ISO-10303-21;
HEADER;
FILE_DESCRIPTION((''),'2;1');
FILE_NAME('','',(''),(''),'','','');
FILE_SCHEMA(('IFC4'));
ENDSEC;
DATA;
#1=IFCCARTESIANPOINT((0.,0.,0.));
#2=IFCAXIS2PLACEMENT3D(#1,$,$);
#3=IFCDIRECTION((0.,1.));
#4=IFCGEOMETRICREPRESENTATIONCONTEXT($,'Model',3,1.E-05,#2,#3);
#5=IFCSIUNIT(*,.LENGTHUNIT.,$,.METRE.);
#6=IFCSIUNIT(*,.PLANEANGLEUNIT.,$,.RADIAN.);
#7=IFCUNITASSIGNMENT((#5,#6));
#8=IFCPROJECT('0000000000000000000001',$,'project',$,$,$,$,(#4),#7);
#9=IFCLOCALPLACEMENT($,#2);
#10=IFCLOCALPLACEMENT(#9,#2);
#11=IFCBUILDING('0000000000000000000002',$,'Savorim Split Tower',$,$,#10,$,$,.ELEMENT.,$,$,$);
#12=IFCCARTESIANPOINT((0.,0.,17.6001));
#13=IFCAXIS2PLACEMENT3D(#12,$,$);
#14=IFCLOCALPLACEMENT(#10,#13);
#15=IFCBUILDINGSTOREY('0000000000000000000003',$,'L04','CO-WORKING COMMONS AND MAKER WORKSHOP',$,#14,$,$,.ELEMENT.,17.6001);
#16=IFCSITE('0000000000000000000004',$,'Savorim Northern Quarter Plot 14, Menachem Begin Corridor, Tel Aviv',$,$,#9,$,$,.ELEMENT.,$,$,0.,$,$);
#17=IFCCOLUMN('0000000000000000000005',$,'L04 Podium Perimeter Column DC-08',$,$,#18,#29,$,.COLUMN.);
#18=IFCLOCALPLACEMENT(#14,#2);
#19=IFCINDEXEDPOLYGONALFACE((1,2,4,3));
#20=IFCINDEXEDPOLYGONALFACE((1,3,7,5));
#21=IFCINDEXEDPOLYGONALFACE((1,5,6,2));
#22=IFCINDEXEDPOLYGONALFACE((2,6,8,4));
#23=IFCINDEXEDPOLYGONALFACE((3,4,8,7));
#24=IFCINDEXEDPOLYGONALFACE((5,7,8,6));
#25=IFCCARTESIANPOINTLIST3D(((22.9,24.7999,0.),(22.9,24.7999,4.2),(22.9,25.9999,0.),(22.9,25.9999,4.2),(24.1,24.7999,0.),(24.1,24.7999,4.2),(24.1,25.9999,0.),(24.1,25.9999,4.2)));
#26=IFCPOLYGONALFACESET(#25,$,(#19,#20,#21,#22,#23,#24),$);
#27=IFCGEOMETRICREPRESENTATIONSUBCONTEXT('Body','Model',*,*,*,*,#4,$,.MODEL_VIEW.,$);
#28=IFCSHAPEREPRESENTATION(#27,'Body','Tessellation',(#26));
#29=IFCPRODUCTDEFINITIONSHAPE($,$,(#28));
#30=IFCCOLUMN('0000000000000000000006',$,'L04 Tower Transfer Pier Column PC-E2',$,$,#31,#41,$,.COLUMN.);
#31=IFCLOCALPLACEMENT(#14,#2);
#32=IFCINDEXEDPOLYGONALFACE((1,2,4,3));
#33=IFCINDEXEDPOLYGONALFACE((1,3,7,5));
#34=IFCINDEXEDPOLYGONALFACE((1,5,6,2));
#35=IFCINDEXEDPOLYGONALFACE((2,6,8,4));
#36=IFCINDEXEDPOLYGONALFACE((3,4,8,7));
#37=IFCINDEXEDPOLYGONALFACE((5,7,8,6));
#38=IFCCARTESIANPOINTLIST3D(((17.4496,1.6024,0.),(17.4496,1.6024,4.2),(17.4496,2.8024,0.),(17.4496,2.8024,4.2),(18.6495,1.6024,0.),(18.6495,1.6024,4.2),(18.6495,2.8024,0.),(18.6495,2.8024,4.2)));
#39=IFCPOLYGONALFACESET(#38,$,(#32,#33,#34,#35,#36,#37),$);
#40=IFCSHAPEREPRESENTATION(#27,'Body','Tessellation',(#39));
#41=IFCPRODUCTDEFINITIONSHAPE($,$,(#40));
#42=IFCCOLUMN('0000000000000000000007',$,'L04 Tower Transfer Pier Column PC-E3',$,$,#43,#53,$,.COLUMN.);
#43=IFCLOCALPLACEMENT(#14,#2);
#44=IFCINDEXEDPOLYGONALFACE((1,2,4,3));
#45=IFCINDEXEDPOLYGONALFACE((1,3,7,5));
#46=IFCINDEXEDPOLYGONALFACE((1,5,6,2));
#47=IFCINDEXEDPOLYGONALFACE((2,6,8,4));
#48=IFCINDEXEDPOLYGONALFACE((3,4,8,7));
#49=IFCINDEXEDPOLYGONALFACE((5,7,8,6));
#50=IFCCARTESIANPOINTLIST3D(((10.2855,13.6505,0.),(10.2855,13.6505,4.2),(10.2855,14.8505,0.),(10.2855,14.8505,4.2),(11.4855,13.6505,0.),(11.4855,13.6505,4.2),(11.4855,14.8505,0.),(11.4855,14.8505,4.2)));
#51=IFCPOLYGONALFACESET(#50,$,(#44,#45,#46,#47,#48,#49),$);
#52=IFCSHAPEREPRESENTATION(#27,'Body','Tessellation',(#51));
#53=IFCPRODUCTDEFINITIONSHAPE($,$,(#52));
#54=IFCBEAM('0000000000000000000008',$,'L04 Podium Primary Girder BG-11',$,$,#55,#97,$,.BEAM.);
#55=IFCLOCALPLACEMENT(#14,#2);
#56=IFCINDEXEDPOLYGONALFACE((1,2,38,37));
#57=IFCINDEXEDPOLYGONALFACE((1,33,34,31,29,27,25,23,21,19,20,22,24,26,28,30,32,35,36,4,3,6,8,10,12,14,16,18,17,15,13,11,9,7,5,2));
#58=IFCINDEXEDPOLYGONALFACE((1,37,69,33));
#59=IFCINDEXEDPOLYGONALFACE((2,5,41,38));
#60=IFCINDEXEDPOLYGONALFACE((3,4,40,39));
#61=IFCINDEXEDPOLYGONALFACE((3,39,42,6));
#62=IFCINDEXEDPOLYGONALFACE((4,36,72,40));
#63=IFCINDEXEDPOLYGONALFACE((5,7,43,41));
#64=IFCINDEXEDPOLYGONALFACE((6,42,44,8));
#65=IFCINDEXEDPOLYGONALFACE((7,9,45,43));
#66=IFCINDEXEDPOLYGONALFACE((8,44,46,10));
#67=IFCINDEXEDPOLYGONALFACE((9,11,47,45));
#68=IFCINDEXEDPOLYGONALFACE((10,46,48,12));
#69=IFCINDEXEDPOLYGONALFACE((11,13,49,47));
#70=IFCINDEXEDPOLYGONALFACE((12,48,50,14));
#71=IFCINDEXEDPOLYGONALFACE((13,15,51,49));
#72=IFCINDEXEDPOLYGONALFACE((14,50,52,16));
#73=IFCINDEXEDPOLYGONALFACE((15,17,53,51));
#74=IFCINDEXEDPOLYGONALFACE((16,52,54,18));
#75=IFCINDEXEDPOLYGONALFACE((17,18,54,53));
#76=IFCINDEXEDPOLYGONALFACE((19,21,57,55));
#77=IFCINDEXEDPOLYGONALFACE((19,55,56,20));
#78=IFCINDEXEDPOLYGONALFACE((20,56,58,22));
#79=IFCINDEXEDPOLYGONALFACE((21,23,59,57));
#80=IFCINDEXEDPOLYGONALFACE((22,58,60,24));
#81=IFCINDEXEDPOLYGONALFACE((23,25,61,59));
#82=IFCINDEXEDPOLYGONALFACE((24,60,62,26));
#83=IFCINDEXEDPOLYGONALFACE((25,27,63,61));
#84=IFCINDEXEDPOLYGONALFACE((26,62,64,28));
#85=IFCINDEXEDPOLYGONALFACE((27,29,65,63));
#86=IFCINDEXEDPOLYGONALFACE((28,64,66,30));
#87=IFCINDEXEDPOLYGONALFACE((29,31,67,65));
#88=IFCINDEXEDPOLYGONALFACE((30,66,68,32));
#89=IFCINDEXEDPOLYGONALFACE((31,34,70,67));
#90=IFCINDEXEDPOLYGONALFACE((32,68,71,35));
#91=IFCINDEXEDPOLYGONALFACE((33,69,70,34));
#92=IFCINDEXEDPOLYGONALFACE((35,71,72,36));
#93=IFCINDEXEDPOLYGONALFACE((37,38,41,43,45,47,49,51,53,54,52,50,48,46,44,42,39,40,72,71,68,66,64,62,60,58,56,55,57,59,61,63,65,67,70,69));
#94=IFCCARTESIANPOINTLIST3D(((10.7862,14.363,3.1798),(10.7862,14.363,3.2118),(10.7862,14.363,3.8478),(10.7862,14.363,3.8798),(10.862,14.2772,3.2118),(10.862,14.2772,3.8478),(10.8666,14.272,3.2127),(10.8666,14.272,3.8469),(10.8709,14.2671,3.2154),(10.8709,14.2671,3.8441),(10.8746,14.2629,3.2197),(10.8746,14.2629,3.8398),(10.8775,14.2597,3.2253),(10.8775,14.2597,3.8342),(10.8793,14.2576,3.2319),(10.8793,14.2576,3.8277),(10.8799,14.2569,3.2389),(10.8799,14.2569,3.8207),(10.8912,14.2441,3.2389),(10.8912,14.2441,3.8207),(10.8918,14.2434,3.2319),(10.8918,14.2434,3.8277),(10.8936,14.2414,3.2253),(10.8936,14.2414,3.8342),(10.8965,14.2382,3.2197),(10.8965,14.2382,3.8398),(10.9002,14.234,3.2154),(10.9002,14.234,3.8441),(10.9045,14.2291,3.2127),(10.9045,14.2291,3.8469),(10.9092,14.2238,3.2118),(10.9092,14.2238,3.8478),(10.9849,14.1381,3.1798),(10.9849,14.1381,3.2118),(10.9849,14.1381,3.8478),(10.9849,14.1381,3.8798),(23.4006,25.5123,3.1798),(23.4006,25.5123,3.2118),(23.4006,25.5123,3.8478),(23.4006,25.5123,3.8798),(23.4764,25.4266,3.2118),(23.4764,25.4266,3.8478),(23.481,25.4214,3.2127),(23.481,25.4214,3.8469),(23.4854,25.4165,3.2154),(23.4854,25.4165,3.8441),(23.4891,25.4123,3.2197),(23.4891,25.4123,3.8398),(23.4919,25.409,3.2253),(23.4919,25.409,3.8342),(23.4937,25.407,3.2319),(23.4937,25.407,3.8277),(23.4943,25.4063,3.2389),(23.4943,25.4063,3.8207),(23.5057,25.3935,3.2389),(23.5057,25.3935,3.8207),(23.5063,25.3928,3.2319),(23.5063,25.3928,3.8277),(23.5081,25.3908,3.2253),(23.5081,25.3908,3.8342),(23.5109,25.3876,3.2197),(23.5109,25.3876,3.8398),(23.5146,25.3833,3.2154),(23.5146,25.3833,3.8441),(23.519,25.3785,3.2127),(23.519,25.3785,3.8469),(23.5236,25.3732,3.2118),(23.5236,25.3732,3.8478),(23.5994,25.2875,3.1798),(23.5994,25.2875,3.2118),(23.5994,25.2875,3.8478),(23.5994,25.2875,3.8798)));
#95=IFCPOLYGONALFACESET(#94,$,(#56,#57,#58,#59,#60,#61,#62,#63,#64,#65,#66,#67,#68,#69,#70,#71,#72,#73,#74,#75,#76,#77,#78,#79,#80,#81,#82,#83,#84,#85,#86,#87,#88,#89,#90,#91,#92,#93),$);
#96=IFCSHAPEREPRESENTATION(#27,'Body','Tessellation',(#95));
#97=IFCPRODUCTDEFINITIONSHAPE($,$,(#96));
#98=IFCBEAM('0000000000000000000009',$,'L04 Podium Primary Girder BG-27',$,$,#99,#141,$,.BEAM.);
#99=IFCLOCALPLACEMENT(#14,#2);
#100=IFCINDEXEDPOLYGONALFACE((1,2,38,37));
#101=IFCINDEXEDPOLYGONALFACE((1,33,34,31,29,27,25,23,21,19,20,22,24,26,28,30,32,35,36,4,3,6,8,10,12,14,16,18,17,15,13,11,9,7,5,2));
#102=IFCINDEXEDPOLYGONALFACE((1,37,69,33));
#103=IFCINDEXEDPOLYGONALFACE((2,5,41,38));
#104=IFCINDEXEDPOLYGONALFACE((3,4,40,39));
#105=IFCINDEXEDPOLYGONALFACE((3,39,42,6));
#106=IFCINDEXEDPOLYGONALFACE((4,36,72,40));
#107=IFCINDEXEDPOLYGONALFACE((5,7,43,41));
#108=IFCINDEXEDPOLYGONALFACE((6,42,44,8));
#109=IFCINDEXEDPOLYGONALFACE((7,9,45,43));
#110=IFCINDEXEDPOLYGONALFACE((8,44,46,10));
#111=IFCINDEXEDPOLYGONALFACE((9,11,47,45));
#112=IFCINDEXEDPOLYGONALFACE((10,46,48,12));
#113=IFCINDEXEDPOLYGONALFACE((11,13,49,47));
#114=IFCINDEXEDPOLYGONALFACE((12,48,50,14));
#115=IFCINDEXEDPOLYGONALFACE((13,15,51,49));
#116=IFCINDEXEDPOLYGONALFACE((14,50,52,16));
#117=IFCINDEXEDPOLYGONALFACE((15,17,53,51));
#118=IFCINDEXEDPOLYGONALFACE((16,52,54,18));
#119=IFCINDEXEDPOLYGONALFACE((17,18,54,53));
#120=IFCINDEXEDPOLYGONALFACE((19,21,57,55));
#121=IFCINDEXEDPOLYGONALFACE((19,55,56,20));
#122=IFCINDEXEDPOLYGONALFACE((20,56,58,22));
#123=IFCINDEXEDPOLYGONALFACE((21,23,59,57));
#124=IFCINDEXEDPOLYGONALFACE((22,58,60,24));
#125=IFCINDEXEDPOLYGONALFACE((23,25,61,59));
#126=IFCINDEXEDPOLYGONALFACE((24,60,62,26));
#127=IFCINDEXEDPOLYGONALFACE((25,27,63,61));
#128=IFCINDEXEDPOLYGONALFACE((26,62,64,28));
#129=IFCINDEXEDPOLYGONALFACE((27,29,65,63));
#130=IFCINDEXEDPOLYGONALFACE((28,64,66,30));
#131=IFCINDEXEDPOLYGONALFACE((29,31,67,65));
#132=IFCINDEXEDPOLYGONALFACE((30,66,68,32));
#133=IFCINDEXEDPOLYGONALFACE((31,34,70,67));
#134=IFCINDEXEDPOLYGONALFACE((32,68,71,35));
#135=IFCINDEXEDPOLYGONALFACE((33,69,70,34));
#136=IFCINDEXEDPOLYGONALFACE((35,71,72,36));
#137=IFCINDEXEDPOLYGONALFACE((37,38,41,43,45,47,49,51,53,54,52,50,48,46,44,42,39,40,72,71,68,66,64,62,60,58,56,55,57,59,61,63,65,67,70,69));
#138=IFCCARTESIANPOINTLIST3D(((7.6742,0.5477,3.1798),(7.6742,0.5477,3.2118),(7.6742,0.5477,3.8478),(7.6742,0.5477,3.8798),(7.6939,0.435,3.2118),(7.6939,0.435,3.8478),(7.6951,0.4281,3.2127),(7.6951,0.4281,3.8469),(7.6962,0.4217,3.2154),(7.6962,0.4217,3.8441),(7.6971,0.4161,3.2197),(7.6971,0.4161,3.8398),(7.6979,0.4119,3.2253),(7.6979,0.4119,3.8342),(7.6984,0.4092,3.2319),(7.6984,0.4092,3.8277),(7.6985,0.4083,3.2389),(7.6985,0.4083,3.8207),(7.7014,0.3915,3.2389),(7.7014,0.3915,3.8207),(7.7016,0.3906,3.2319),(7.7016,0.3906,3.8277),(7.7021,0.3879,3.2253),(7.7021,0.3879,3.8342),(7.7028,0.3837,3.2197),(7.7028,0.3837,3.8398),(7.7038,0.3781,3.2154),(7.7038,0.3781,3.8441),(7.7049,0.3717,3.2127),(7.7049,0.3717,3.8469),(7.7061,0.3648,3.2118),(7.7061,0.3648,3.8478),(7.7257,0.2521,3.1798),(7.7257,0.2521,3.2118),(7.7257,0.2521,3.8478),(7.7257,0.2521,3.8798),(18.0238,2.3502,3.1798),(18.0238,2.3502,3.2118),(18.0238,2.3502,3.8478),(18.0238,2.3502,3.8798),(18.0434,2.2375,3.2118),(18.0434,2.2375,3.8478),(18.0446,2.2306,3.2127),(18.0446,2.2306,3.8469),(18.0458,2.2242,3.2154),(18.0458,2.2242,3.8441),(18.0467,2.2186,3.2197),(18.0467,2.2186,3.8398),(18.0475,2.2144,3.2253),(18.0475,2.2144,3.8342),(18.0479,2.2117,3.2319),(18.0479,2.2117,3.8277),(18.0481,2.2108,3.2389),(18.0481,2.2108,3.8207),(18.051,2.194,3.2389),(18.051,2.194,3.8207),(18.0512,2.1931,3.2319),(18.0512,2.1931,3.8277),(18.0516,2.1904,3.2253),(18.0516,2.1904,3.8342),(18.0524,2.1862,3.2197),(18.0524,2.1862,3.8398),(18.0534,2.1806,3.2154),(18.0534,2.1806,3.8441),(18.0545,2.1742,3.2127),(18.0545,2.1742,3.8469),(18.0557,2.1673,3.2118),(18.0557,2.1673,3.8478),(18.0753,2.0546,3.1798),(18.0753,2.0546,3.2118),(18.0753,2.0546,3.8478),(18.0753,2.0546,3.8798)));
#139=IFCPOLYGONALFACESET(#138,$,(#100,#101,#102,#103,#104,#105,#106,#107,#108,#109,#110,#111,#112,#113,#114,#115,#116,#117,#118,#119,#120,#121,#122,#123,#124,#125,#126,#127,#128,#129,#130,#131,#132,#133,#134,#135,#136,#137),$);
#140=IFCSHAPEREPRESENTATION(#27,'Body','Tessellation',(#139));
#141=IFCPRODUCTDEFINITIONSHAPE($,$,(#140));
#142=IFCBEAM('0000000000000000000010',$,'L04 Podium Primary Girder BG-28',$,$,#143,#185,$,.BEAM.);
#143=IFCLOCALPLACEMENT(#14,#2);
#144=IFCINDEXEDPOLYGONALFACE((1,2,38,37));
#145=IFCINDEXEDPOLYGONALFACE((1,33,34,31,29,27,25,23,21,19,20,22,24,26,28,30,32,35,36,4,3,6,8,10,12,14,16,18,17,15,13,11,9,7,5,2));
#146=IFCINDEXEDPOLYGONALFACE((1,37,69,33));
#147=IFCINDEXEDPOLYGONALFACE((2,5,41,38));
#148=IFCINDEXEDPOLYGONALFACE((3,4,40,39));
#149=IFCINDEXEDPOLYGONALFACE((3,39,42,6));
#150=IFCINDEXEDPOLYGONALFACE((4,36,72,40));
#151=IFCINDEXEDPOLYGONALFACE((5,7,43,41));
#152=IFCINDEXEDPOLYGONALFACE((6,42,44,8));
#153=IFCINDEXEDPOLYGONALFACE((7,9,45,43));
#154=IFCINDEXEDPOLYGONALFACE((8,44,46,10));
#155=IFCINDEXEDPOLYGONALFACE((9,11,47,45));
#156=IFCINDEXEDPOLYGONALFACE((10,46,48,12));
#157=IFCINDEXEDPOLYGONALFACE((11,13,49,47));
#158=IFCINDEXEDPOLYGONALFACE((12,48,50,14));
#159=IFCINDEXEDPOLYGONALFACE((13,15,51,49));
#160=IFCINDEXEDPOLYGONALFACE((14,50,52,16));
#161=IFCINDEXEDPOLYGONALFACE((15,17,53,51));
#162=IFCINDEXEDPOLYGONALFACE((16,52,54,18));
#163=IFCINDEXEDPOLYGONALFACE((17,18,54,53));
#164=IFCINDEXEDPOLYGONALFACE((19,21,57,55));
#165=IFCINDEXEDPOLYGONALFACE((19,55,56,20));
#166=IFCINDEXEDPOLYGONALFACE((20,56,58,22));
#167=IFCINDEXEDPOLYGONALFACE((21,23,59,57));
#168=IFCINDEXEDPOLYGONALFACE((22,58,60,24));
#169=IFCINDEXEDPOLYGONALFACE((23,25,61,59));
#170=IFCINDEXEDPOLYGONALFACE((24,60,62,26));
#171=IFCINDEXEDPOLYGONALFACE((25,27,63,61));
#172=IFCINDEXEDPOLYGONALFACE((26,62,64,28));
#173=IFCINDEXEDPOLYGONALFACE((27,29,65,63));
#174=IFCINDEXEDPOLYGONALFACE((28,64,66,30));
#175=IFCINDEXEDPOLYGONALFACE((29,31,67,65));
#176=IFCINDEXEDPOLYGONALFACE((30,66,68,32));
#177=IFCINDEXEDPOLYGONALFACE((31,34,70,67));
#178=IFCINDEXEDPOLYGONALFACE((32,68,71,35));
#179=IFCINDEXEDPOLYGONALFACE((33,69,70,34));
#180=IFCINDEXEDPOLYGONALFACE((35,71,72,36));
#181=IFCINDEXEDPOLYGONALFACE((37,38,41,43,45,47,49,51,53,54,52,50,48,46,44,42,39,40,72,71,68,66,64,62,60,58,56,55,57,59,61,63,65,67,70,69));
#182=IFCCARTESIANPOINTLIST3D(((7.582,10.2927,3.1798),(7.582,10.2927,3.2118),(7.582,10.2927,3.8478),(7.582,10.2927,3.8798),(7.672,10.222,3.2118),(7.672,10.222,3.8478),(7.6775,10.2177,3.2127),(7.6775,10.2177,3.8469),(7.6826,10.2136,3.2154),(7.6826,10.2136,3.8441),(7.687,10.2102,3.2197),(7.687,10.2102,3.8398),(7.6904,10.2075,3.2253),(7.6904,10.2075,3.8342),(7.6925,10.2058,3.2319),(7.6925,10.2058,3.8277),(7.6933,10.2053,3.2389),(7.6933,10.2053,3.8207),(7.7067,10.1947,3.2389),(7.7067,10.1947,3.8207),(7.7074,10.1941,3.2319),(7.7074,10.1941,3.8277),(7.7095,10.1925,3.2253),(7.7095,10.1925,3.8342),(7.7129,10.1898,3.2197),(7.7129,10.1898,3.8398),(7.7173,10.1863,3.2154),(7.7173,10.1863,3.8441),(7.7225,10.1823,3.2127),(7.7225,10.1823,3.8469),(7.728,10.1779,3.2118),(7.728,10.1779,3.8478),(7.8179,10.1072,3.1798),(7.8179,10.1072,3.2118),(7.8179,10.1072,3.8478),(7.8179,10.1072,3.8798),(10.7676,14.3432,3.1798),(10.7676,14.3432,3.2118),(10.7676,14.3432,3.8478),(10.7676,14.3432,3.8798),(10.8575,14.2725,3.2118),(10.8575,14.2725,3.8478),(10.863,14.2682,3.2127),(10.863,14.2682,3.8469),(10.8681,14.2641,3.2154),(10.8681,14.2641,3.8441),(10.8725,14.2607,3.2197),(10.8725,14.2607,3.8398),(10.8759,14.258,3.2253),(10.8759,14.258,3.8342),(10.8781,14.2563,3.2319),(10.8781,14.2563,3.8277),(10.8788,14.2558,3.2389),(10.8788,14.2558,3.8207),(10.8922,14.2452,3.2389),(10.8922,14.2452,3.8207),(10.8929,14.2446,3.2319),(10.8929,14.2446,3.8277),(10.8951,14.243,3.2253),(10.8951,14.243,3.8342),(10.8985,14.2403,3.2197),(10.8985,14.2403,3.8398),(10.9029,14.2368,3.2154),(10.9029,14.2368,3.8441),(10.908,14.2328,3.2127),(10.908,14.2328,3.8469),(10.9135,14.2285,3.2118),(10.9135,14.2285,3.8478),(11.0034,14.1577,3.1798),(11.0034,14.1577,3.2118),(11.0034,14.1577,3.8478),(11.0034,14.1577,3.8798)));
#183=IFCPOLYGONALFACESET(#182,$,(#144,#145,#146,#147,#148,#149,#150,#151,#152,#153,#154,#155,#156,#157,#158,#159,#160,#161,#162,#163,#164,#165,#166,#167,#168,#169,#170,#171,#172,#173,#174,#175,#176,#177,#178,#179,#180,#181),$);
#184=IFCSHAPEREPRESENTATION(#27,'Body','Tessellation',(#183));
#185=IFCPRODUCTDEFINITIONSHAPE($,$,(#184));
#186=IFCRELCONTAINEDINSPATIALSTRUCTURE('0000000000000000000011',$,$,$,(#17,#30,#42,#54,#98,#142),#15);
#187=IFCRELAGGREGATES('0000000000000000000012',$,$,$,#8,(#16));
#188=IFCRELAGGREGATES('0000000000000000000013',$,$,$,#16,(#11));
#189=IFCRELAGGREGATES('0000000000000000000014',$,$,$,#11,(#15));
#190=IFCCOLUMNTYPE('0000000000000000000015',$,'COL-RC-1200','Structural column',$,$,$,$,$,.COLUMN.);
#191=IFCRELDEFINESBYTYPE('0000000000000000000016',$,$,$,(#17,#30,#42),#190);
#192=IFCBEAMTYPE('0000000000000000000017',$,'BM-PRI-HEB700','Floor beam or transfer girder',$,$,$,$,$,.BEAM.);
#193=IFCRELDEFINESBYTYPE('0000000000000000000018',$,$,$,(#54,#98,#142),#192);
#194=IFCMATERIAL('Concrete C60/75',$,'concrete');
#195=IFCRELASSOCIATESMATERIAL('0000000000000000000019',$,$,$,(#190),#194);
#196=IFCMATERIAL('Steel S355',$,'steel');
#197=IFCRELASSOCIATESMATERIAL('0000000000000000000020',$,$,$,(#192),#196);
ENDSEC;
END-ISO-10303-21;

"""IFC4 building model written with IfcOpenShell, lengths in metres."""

from ifc_helpers import new_model, si_unit, direction, frame, origin, origin_2d, place, context, subcontext, project, spatial, rectangle, i_section, extrude, material, material_profile, profile_set, type_object, element, save


model = new_model("IFC4")

# Units and contexts
model_context = context("Model", 3, precision=1e-05, world=origin(), true_north=direction((0.0, 1.0)))
body_context = subcontext(model_context, "Body", "Model", "MODEL_VIEW")
ifc_project = project(units=[si_unit("LENGTHUNIT", "METRE"), si_unit("PLANEANGLEUNIT", "RADIAN")], contexts=[model_context])

# Site, building, storey
site_placement = place(None, origin())
site = spatial("IfcSite", under=ifc_project, at=site_placement, Name="Savorim Northern Quarter Plot 14, Menachem Begin Corridor, Tel Aviv", CompositionType="ELEMENT", RefElevation=0.0)
building_placement = place(site_placement, origin())
building = spatial("IfcBuilding", under=site, at=building_placement, Name="Savorim Split Tower", CompositionType="ELEMENT")
storey_placement = place(building_placement, frame((0.0, 0.0, 17.6001)))
storey = spatial("IfcBuildingStorey", under=building, at=storey_placement, Name="L04", Description="CO-WORKING COMMONS AND MAKER WORKSHOP", CompositionType="ELEMENT", Elevation=17.6001)

# Columns
ifc_material_1 = material(Name="Concrete C60/75", Category="concrete")
ifc_material_profile_1 = material_profile(ifc_material_1, rectangle(XDim=1.2, YDim=1.2, at=origin_2d()), Name="RC 1200x1200")
ifc_profile_set_1 = profile_set([ifc_material_profile_1], Name="Concrete C60/75")
column_type = type_object("IfcColumnType", Name="COL-RC-1200", Description="Structural column", PredefinedType="COLUMN", material=ifc_profile_set_1)
for number, where, z_axis, x_axis, name in (
    (1, (23.5, 25.3999, 0.0), (0.0, 0.0, 1.0), (1.0, 0.0, 0.0), "L04 Podium Perimeter Column DC-08"),
    (2, (18.0496, 2.2024, 0.0), (0.0, 0.0, 1.0), (1.0, 0.0, 0.0), "L04 Tower Transfer Pier Column PC-E2"),
    (3, (10.8855, 14.2505, 0.0), (0.0, 0.0, 1.0), (1.0, 0.0, 0.0), "L04 Tower Transfer Pier Column PC-E3"),
):
    element("IfcColumn", number, at=place(storey_placement, frame(where, z_axis=z_axis, x_axis=x_axis)), inside=storey, type_object=column_type, Name=name, PredefinedType="COLUMN", context=body_context, shape_type="SweptSolid", body=[
        extrude(rectangle(XDim=1.2, YDim=1.2, at=origin_2d()), origin(), (0.0, 0.0, 1.0), 4.2),
    ])

# Beams
ifc_material_2 = material(Name="Steel S355", Category="steel")
ifc_material_profile_2 = material_profile(ifc_material_2, i_section(OverallWidth=0.3, OverallDepth=0.7, WebThickness=0.0171, FlangeThickness=0.032, FilletRadius=0.0271, at=origin_2d()), Name="HEB 700")
ifc_profile_set_2 = profile_set([ifc_material_profile_2], Name="Steel S355")
beam_type_1 = type_object("IfcBeamType", Name="BM-PRI-HEB700", Description="Floor beam or transfer girder", PredefinedType="BEAM", material=ifc_profile_set_2)
beam_1_placement = place(storey_placement, frame((23.5, 25.3999, 3.5298), z_axis=(-0.749279, -0.662255, 0.0), x_axis=(0.662255, -0.749279, 0.0)))
element("IfcBeam", 4, at=beam_1_placement, inside=storey, type_object=beam_type_1, Name="L04 Podium Primary Girder BG-11", PredefinedType="BEAM", context=body_context, shape_type="SweptSolid", body=[
    extrude(i_section(OverallWidth=0.3, OverallDepth=0.7, WebThickness=0.0171, FlangeThickness=0.032, FilletRadius=0.0271, at=origin_2d()), origin(), (0.0, 0.0, 1.0), 16.8354),
])
beam_2_placement = place(storey_placement, frame((18.0496, 2.2024, 3.5298), z_axis=(-0.985171, -0.171578, 0.0), x_axis=(0.171578, -0.985171, 0.0)))
element("IfcBeam", 5, at=beam_2_placement, inside=storey, type_object=beam_type_1, Name="L04 Podium Primary Girder BG-27", PredefinedType="BEAM", context=body_context, shape_type="SweptSolid", body=[
    extrude(i_section(OverallWidth=0.3, OverallDepth=0.7, WebThickness=0.0171, FlangeThickness=0.032, FilletRadius=0.0271, at=origin_2d()), origin(), (0.0, 0.0, 1.0), 10.5054),
])
beam_3_placement = place(storey_placement, frame((10.8855, 14.2505, 3.5298), z_axis=(-0.618179, -0.786037, 0.0), x_axis=(0.786037, -0.618179, 0.0)))
element("IfcBeam", 6, at=beam_3_placement, inside=storey, type_object=beam_type_1, Name="L04 Podium Primary Girder BG-28", PredefinedType="BEAM", context=body_context, shape_type="SweptSolid", body=[
    extrude(i_section(OverallWidth=0.3, OverallDepth=0.7, WebThickness=0.0171, FlangeThickness=0.032, FilletRadius=0.0271, at=origin_2d()), origin(), (0.0, 0.0, 1.0), 5.1531),
])

save(model, "model.ifc")
